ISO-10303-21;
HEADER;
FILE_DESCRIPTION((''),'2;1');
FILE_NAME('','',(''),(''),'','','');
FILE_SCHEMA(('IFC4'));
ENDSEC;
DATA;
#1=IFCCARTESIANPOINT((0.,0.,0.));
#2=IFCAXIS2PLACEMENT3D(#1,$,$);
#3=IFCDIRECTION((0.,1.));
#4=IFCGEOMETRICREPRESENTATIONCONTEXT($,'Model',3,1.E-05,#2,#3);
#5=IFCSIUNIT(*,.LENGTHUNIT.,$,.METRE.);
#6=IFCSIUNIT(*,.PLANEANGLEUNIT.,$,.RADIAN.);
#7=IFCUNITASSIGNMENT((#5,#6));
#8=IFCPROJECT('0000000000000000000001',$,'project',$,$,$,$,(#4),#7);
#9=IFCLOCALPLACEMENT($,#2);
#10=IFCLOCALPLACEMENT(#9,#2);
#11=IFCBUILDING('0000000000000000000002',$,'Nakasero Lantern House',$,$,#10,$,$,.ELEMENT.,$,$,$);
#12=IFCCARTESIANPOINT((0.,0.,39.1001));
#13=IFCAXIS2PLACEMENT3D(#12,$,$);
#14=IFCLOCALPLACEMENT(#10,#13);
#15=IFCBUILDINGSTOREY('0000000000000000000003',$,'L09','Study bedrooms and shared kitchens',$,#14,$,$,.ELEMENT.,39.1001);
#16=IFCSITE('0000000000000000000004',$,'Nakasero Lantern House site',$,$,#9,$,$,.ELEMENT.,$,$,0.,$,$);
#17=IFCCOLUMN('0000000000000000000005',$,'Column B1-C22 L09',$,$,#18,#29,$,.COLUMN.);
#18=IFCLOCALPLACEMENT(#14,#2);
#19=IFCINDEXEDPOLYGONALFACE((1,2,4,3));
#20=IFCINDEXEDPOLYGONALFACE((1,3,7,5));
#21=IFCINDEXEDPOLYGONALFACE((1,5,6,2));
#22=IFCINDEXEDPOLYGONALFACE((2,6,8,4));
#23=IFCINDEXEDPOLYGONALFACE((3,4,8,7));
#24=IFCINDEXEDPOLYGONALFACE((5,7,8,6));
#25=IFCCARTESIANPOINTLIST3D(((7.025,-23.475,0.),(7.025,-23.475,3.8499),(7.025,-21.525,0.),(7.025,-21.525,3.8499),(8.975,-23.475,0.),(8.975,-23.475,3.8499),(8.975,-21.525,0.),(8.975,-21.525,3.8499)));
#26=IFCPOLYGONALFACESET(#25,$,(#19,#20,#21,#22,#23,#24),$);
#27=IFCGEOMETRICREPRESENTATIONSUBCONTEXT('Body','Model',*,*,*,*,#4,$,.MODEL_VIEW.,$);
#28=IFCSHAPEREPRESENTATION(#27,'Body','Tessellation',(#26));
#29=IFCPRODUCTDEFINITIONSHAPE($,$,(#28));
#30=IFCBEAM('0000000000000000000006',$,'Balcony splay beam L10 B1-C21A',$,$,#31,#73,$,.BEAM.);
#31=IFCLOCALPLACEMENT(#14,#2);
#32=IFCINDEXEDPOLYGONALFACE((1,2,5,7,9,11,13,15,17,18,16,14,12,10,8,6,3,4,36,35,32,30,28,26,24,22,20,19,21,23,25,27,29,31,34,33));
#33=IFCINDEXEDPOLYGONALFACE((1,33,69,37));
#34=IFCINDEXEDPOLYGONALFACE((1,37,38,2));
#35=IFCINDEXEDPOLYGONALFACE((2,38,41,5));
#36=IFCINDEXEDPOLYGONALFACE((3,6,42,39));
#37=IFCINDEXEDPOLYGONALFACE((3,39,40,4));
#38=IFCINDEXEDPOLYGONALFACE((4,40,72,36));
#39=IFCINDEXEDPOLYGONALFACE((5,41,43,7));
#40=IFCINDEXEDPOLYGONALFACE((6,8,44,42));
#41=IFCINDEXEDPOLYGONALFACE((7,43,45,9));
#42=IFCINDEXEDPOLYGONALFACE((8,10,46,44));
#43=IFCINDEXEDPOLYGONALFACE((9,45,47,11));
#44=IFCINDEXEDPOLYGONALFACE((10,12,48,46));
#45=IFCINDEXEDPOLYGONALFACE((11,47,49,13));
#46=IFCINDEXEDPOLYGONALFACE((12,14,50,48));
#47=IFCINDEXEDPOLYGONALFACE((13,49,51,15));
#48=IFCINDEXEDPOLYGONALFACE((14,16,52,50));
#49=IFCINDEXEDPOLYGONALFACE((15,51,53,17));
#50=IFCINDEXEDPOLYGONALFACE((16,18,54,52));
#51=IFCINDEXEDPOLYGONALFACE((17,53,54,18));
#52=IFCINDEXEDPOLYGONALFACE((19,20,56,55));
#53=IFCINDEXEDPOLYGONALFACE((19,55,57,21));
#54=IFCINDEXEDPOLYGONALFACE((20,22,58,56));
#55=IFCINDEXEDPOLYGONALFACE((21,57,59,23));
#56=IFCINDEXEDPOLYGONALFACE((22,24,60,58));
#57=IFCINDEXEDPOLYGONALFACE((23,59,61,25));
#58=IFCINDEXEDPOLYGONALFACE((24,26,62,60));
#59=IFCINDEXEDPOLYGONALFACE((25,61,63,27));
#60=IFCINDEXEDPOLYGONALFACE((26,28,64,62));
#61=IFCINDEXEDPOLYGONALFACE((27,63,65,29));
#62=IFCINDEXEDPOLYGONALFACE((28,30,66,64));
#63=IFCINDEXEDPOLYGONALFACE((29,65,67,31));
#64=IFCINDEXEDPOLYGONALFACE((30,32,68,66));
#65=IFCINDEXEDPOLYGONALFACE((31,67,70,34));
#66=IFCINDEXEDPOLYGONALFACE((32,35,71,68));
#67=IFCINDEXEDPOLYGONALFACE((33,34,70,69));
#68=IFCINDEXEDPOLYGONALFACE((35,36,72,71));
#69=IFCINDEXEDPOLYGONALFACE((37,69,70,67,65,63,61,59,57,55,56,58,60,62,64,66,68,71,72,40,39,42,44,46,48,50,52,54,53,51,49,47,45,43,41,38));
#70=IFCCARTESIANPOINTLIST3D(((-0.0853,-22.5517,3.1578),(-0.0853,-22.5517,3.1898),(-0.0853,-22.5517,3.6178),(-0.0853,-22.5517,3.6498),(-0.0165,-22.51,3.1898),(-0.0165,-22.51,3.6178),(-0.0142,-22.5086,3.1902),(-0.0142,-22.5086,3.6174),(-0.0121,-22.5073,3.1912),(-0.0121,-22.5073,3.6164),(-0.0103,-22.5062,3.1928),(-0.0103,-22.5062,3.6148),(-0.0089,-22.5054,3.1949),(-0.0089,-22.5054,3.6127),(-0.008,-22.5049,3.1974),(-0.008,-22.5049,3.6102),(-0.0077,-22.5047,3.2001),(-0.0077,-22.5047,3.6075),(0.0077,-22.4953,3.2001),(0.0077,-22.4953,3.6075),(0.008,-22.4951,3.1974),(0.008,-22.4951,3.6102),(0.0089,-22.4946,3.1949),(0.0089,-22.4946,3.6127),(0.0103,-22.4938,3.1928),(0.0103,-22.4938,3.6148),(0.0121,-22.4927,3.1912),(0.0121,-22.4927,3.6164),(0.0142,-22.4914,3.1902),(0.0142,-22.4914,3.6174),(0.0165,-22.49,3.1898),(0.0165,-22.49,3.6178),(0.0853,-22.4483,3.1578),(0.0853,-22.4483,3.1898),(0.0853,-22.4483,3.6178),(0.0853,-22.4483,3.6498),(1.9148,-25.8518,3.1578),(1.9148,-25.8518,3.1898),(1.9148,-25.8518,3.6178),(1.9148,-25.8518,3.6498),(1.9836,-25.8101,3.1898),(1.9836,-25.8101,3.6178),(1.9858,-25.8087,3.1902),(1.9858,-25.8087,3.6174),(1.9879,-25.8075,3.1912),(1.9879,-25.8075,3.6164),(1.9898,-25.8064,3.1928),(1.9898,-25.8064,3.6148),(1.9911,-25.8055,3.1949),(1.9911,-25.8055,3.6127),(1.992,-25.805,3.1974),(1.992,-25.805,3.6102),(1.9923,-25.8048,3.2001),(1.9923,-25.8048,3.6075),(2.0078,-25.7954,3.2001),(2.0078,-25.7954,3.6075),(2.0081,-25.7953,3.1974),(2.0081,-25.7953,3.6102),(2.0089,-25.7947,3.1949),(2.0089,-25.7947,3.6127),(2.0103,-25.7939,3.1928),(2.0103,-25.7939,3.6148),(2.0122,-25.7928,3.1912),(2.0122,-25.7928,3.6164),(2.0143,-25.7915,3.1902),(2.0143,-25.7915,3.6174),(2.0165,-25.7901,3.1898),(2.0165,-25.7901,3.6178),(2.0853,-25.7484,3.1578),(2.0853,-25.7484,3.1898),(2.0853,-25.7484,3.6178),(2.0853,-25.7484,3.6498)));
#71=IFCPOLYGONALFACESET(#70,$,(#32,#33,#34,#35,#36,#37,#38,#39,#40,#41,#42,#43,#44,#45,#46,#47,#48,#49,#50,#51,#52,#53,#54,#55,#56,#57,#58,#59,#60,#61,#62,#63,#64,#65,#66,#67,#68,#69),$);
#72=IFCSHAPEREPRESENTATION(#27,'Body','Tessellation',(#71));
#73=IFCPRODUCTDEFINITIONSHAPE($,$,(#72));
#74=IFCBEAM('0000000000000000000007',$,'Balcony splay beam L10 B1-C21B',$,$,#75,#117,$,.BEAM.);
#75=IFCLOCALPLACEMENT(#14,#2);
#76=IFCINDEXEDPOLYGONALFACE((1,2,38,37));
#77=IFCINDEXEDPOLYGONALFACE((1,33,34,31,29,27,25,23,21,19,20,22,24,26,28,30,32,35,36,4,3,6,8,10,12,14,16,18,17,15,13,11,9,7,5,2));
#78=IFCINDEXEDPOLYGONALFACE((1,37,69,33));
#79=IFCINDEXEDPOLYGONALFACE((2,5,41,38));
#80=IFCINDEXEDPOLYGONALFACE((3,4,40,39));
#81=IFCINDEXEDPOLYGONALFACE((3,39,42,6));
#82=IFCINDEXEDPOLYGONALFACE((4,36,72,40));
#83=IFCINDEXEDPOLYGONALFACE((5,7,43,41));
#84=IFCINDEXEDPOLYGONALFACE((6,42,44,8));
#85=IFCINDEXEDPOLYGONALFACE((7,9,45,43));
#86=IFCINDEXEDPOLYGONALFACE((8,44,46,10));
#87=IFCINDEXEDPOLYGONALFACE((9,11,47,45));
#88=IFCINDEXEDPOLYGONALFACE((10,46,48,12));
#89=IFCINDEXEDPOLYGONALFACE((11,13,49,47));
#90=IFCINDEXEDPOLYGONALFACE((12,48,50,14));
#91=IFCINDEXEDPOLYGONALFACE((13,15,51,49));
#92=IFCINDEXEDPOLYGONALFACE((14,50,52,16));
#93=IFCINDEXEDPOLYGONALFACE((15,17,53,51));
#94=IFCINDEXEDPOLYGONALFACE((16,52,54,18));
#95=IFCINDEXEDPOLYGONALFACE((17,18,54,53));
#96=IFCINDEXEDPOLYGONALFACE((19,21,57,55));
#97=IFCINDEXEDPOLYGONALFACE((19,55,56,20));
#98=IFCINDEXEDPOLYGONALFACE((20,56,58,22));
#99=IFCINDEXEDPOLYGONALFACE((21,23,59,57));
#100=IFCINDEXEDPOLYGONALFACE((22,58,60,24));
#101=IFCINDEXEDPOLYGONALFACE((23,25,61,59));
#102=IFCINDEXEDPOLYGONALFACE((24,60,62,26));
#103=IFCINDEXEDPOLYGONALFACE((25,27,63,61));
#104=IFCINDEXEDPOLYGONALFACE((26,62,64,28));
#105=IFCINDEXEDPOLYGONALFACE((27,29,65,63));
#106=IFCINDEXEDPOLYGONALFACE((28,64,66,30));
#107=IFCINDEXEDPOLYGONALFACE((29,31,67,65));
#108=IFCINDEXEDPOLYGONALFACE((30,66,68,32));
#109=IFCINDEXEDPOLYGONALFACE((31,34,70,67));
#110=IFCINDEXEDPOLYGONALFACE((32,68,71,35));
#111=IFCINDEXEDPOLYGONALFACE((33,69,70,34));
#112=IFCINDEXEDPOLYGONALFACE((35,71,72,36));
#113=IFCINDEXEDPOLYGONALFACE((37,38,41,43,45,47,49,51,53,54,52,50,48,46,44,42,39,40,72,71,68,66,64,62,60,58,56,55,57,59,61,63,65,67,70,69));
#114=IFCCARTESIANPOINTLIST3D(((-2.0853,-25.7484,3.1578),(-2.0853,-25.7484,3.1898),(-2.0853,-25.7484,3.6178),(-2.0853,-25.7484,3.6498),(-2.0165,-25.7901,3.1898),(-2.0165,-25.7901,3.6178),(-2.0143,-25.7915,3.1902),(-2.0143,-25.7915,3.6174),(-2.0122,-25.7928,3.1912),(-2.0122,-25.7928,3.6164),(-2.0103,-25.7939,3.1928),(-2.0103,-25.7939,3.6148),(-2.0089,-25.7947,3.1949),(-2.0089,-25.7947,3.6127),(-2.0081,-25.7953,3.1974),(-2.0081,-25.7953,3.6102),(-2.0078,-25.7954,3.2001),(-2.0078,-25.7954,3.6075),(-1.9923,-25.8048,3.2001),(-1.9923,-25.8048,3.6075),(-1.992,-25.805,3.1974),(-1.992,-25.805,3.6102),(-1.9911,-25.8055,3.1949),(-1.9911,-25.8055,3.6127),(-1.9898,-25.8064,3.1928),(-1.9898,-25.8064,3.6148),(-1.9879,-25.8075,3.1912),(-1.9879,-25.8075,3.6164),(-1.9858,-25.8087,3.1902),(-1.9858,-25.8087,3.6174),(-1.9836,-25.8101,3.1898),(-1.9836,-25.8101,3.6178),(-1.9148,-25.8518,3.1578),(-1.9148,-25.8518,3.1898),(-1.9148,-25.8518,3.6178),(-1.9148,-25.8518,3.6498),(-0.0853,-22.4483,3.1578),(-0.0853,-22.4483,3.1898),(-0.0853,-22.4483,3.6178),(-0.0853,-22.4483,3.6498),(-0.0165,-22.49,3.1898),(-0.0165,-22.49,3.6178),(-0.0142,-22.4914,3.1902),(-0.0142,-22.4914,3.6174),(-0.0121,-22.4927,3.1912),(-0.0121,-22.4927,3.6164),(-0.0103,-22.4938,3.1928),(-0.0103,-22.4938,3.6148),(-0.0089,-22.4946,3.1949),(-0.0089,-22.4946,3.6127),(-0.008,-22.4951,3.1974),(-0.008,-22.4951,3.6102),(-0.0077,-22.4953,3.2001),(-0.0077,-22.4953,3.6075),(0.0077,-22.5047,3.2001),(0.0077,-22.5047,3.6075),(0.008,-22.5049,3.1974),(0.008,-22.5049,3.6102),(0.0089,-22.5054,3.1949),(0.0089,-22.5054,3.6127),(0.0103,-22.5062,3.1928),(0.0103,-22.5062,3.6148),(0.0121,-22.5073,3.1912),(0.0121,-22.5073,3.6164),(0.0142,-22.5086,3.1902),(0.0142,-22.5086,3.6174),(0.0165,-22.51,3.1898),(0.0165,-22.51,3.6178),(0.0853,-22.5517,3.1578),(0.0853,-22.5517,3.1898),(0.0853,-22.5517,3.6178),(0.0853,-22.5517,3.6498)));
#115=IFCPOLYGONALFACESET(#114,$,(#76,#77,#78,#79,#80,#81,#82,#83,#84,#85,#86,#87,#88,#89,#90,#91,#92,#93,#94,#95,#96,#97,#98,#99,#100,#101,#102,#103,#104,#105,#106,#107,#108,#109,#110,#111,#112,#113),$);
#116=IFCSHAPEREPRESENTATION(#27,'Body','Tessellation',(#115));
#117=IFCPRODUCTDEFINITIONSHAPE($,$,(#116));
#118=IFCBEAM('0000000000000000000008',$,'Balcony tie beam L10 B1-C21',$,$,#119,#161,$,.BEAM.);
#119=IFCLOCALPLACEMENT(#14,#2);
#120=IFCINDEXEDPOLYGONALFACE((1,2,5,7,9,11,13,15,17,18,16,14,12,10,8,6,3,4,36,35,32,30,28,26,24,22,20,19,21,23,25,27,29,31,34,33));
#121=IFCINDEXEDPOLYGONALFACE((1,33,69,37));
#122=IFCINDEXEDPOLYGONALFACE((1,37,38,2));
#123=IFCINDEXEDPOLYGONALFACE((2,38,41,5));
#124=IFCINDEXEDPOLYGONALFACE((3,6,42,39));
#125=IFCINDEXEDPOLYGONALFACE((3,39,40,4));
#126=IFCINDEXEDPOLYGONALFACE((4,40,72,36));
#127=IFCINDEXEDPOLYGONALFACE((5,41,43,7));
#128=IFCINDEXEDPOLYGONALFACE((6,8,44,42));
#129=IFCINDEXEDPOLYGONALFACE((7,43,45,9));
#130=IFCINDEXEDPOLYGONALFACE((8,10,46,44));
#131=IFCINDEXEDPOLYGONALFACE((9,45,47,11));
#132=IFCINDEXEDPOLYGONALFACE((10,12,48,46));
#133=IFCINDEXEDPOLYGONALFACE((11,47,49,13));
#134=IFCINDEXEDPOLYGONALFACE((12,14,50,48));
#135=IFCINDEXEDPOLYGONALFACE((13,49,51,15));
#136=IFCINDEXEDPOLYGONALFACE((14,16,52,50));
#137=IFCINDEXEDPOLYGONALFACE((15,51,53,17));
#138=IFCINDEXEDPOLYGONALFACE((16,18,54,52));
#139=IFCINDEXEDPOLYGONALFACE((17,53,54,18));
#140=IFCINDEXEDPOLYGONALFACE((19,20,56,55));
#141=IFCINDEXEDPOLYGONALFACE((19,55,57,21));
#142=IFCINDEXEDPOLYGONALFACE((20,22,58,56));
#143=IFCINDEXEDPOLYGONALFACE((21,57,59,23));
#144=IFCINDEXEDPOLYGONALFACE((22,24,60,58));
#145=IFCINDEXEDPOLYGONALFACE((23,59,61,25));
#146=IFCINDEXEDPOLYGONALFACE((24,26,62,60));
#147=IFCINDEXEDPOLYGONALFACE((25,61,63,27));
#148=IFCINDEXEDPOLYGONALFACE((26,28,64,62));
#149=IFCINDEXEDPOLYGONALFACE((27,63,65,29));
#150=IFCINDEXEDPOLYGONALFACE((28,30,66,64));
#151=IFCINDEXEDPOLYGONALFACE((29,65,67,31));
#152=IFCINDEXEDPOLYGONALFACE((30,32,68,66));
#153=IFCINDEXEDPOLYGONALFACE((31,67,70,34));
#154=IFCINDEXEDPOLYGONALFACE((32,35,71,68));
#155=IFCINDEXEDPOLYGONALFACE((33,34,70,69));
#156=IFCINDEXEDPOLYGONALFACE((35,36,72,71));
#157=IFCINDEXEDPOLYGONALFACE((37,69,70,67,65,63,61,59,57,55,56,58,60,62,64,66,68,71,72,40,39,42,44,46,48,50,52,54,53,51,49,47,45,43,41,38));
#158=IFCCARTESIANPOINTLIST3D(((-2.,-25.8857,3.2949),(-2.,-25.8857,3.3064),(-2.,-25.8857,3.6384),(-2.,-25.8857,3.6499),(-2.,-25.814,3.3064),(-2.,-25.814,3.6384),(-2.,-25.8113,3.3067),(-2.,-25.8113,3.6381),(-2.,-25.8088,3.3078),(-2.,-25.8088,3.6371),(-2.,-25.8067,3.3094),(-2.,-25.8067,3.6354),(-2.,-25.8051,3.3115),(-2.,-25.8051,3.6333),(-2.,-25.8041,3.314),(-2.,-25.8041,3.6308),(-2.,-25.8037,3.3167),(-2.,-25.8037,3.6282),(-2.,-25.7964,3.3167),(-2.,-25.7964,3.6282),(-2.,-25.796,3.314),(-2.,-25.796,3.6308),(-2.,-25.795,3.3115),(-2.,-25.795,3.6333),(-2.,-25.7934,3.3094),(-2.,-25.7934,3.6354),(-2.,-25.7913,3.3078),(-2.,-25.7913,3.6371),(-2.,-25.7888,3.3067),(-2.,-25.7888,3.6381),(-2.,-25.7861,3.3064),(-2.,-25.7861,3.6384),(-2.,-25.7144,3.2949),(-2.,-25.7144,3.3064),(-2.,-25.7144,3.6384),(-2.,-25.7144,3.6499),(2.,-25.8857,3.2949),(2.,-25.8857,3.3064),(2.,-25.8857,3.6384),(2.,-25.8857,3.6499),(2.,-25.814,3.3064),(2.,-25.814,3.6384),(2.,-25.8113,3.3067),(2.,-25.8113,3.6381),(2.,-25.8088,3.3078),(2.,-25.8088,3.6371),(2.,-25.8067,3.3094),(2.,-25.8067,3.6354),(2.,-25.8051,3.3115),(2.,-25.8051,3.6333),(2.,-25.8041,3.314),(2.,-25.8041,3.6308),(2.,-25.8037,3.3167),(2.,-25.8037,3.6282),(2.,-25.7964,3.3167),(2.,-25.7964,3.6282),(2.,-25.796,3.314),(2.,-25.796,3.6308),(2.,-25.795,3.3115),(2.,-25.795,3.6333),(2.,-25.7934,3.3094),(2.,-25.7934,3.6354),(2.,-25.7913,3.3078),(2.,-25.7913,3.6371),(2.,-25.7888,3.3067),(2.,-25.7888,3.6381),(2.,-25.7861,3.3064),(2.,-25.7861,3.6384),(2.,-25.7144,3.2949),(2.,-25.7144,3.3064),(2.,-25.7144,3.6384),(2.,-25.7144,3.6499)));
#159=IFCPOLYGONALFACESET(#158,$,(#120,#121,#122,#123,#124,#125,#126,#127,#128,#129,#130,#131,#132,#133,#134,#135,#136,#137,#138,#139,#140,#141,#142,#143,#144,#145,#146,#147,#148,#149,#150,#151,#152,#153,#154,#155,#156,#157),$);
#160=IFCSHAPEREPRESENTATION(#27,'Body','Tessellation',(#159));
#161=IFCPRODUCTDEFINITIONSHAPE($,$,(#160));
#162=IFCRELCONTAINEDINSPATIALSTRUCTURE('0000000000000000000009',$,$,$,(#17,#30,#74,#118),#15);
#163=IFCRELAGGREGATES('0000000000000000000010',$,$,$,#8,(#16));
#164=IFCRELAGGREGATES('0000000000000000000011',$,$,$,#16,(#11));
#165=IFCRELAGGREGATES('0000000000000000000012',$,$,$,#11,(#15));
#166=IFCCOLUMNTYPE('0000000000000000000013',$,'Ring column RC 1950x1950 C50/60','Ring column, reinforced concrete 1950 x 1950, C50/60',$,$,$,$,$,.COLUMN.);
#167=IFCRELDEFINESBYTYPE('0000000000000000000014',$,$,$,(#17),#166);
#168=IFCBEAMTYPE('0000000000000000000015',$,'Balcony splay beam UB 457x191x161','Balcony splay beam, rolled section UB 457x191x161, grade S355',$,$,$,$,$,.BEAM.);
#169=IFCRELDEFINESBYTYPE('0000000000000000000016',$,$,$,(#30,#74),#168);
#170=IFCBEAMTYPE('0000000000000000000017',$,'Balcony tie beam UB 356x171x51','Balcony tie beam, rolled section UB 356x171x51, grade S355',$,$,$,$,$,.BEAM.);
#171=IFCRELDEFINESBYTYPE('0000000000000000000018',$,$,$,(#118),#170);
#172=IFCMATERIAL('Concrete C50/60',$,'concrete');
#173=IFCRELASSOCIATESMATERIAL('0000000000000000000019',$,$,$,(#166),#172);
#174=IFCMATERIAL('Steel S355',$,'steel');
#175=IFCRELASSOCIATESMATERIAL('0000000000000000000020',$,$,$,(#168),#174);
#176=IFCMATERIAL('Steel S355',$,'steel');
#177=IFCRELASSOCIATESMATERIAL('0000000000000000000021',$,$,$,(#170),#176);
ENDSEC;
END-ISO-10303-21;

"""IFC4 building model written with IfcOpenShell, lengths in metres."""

from ifc_helpers import new_model, si_unit, direction, frame, origin, origin_2d, place, context, subcontext, project, spatial, rectangle, i_section, extrude, material, material_profile, profile_set, type_object, element, save


model = new_model("IFC4")

# Units and contexts
model_context = context("Model", 3, precision=1e-05, world=origin(), true_north=direction((0.0, 1.0)))
body_context = subcontext(model_context, "Body", "Model", "MODEL_VIEW")
ifc_project = project(units=[si_unit("LENGTHUNIT", "METRE"), si_unit("PLANEANGLEUNIT", "RADIAN")], contexts=[model_context])

# Site, building, storey
site_placement = place(None, origin())
site = spatial("IfcSite", under=ifc_project, at=site_placement, Name="Nakasero Lantern House site", CompositionType="ELEMENT", RefElevation=0.0)
building_placement = place(site_placement, origin())
building = spatial("IfcBuilding", under=site, at=building_placement, Name="Nakasero Lantern House", CompositionType="ELEMENT")
storey_placement = place(building_placement, frame((0.0, 0.0, 39.1001)))
storey = spatial("IfcBuildingStorey", under=building, at=storey_placement, Name="L09", Description="Study bedrooms and shared kitchens", CompositionType="ELEMENT", Elevation=39.1001)

# Column
ifc_material_1 = material(Name="Concrete C50/60", Category="concrete")
ifc_material_profile_1 = material_profile(ifc_material_1, rectangle(XDim=1.95, YDim=1.95, at=origin_2d()), Name="RC 1950x1950")
ifc_profile_set_1 = profile_set([ifc_material_profile_1], Name="Concrete C50/60")
column_type = type_object("IfcColumnType", Name="Ring column RC 1950x1950 C50/60", Description="Ring column, reinforced concrete 1950 x 1950, C50/60", PredefinedType="COLUMN", material=ifc_profile_set_1)
column_placement = place(storey_placement, frame((8.0, -22.5, 0.0), z_axis=(0.0, 0.0, 1.0), x_axis=(1.0, 0.0, 0.0)))
element("IfcColumn", 1, at=column_placement, inside=storey, type_object=column_type, Name="Column B1-C22 L09", PredefinedType="COLUMN", context=body_context, shape_type="SweptSolid", body=[
    extrude(rectangle(XDim=1.95, YDim=1.95, at=origin_2d()), origin(), (0.0, 0.0, 1.0), 3.8499),
])

# Beams
ifc_material_2 = material(Name="Steel S355", Category="steel")
ifc_material_profile_2 = material_profile(ifc_material_2, i_section(OverallWidth=0.1995, OverallDepth=0.4919, WebThickness=0.0181, FlangeThickness=0.032, FilletRadius=0.0103, at=origin_2d()), Name="UB 457x191x161")
ifc_profile_set_2 = profile_set([ifc_material_profile_2], Name="Steel S355")
beam_type_1 = type_object("IfcBeamType", Name="Balcony splay beam UB 457x191x161", Description="Balcony splay beam, rolled section UB 457x191x161, grade S355", PredefinedType="BEAM", material=ifc_profile_set_2)
for number, where, z_axis, x_axis, name in (
    (2, (0.0, -22.5, 3.4038), (0.518296, -0.855201, 0.0), (0.855201, 0.518296, 0.0), "Balcony splay beam L10 B1-C21A"),
    (3, (0.0, -22.5, 3.4038), (-0.518296, -0.855201, 0.0), (0.855201, -0.518296, 0.0), "Balcony splay beam L10 B1-C21B"),
):
    element("IfcBeam", number, at=place(storey_placement, frame(where, z_axis=z_axis, x_axis=x_axis)), inside=storey, type_object=beam_type_1, Name=name, PredefinedType="BEAM", context=body_context, shape_type="SweptSolid", body=[
        extrude(i_section(OverallWidth=0.1995, OverallDepth=0.4919, WebThickness=0.0181, FlangeThickness=0.032, FilletRadius=0.0103, at=origin_2d()), origin(), (0.0, 0.0, 1.0), 3.8589),
    ])
ifc_material_3 = material(Name="Steel S355", Category="steel")
ifc_material_profile_3 = material_profile(ifc_material_3, i_section(OverallWidth=0.1714, OverallDepth=0.355, WebThickness=0.0073, FlangeThickness=0.0115, FilletRadius=0.0103, at=origin_2d()), Name="UB 356x171x51")
ifc_profile_set_3 = profile_set([ifc_material_profile_3], Name="Steel S355")
beam_type_2 = type_object("IfcBeamType", Name="Balcony tie beam UB 356x171x51", Description="Balcony tie beam, rolled section UB 356x171x51, grade S355", PredefinedType="BEAM", material=ifc_profile_set_3)
beam_1_placement = place(storey_placement, frame((2.0, -25.8, 3.4724), z_axis=(-1.0, 0.0, 0.0), x_axis=(0.0, -1.0, 0.0)))
element("IfcBeam", 4, at=beam_1_placement, inside=storey, type_object=beam_type_2, Name="Balcony tie beam L10 B1-C21", PredefinedType="BEAM", context=body_context, shape_type="SweptSolid", body=[
    extrude(i_section(OverallWidth=0.1714, OverallDepth=0.355, WebThickness=0.0073, FlangeThickness=0.0115, FilletRadius=0.0103, at=origin_2d()), origin(), (0.0, 0.0, 1.0), 4.0),
])

save(model, "model.ifc")
